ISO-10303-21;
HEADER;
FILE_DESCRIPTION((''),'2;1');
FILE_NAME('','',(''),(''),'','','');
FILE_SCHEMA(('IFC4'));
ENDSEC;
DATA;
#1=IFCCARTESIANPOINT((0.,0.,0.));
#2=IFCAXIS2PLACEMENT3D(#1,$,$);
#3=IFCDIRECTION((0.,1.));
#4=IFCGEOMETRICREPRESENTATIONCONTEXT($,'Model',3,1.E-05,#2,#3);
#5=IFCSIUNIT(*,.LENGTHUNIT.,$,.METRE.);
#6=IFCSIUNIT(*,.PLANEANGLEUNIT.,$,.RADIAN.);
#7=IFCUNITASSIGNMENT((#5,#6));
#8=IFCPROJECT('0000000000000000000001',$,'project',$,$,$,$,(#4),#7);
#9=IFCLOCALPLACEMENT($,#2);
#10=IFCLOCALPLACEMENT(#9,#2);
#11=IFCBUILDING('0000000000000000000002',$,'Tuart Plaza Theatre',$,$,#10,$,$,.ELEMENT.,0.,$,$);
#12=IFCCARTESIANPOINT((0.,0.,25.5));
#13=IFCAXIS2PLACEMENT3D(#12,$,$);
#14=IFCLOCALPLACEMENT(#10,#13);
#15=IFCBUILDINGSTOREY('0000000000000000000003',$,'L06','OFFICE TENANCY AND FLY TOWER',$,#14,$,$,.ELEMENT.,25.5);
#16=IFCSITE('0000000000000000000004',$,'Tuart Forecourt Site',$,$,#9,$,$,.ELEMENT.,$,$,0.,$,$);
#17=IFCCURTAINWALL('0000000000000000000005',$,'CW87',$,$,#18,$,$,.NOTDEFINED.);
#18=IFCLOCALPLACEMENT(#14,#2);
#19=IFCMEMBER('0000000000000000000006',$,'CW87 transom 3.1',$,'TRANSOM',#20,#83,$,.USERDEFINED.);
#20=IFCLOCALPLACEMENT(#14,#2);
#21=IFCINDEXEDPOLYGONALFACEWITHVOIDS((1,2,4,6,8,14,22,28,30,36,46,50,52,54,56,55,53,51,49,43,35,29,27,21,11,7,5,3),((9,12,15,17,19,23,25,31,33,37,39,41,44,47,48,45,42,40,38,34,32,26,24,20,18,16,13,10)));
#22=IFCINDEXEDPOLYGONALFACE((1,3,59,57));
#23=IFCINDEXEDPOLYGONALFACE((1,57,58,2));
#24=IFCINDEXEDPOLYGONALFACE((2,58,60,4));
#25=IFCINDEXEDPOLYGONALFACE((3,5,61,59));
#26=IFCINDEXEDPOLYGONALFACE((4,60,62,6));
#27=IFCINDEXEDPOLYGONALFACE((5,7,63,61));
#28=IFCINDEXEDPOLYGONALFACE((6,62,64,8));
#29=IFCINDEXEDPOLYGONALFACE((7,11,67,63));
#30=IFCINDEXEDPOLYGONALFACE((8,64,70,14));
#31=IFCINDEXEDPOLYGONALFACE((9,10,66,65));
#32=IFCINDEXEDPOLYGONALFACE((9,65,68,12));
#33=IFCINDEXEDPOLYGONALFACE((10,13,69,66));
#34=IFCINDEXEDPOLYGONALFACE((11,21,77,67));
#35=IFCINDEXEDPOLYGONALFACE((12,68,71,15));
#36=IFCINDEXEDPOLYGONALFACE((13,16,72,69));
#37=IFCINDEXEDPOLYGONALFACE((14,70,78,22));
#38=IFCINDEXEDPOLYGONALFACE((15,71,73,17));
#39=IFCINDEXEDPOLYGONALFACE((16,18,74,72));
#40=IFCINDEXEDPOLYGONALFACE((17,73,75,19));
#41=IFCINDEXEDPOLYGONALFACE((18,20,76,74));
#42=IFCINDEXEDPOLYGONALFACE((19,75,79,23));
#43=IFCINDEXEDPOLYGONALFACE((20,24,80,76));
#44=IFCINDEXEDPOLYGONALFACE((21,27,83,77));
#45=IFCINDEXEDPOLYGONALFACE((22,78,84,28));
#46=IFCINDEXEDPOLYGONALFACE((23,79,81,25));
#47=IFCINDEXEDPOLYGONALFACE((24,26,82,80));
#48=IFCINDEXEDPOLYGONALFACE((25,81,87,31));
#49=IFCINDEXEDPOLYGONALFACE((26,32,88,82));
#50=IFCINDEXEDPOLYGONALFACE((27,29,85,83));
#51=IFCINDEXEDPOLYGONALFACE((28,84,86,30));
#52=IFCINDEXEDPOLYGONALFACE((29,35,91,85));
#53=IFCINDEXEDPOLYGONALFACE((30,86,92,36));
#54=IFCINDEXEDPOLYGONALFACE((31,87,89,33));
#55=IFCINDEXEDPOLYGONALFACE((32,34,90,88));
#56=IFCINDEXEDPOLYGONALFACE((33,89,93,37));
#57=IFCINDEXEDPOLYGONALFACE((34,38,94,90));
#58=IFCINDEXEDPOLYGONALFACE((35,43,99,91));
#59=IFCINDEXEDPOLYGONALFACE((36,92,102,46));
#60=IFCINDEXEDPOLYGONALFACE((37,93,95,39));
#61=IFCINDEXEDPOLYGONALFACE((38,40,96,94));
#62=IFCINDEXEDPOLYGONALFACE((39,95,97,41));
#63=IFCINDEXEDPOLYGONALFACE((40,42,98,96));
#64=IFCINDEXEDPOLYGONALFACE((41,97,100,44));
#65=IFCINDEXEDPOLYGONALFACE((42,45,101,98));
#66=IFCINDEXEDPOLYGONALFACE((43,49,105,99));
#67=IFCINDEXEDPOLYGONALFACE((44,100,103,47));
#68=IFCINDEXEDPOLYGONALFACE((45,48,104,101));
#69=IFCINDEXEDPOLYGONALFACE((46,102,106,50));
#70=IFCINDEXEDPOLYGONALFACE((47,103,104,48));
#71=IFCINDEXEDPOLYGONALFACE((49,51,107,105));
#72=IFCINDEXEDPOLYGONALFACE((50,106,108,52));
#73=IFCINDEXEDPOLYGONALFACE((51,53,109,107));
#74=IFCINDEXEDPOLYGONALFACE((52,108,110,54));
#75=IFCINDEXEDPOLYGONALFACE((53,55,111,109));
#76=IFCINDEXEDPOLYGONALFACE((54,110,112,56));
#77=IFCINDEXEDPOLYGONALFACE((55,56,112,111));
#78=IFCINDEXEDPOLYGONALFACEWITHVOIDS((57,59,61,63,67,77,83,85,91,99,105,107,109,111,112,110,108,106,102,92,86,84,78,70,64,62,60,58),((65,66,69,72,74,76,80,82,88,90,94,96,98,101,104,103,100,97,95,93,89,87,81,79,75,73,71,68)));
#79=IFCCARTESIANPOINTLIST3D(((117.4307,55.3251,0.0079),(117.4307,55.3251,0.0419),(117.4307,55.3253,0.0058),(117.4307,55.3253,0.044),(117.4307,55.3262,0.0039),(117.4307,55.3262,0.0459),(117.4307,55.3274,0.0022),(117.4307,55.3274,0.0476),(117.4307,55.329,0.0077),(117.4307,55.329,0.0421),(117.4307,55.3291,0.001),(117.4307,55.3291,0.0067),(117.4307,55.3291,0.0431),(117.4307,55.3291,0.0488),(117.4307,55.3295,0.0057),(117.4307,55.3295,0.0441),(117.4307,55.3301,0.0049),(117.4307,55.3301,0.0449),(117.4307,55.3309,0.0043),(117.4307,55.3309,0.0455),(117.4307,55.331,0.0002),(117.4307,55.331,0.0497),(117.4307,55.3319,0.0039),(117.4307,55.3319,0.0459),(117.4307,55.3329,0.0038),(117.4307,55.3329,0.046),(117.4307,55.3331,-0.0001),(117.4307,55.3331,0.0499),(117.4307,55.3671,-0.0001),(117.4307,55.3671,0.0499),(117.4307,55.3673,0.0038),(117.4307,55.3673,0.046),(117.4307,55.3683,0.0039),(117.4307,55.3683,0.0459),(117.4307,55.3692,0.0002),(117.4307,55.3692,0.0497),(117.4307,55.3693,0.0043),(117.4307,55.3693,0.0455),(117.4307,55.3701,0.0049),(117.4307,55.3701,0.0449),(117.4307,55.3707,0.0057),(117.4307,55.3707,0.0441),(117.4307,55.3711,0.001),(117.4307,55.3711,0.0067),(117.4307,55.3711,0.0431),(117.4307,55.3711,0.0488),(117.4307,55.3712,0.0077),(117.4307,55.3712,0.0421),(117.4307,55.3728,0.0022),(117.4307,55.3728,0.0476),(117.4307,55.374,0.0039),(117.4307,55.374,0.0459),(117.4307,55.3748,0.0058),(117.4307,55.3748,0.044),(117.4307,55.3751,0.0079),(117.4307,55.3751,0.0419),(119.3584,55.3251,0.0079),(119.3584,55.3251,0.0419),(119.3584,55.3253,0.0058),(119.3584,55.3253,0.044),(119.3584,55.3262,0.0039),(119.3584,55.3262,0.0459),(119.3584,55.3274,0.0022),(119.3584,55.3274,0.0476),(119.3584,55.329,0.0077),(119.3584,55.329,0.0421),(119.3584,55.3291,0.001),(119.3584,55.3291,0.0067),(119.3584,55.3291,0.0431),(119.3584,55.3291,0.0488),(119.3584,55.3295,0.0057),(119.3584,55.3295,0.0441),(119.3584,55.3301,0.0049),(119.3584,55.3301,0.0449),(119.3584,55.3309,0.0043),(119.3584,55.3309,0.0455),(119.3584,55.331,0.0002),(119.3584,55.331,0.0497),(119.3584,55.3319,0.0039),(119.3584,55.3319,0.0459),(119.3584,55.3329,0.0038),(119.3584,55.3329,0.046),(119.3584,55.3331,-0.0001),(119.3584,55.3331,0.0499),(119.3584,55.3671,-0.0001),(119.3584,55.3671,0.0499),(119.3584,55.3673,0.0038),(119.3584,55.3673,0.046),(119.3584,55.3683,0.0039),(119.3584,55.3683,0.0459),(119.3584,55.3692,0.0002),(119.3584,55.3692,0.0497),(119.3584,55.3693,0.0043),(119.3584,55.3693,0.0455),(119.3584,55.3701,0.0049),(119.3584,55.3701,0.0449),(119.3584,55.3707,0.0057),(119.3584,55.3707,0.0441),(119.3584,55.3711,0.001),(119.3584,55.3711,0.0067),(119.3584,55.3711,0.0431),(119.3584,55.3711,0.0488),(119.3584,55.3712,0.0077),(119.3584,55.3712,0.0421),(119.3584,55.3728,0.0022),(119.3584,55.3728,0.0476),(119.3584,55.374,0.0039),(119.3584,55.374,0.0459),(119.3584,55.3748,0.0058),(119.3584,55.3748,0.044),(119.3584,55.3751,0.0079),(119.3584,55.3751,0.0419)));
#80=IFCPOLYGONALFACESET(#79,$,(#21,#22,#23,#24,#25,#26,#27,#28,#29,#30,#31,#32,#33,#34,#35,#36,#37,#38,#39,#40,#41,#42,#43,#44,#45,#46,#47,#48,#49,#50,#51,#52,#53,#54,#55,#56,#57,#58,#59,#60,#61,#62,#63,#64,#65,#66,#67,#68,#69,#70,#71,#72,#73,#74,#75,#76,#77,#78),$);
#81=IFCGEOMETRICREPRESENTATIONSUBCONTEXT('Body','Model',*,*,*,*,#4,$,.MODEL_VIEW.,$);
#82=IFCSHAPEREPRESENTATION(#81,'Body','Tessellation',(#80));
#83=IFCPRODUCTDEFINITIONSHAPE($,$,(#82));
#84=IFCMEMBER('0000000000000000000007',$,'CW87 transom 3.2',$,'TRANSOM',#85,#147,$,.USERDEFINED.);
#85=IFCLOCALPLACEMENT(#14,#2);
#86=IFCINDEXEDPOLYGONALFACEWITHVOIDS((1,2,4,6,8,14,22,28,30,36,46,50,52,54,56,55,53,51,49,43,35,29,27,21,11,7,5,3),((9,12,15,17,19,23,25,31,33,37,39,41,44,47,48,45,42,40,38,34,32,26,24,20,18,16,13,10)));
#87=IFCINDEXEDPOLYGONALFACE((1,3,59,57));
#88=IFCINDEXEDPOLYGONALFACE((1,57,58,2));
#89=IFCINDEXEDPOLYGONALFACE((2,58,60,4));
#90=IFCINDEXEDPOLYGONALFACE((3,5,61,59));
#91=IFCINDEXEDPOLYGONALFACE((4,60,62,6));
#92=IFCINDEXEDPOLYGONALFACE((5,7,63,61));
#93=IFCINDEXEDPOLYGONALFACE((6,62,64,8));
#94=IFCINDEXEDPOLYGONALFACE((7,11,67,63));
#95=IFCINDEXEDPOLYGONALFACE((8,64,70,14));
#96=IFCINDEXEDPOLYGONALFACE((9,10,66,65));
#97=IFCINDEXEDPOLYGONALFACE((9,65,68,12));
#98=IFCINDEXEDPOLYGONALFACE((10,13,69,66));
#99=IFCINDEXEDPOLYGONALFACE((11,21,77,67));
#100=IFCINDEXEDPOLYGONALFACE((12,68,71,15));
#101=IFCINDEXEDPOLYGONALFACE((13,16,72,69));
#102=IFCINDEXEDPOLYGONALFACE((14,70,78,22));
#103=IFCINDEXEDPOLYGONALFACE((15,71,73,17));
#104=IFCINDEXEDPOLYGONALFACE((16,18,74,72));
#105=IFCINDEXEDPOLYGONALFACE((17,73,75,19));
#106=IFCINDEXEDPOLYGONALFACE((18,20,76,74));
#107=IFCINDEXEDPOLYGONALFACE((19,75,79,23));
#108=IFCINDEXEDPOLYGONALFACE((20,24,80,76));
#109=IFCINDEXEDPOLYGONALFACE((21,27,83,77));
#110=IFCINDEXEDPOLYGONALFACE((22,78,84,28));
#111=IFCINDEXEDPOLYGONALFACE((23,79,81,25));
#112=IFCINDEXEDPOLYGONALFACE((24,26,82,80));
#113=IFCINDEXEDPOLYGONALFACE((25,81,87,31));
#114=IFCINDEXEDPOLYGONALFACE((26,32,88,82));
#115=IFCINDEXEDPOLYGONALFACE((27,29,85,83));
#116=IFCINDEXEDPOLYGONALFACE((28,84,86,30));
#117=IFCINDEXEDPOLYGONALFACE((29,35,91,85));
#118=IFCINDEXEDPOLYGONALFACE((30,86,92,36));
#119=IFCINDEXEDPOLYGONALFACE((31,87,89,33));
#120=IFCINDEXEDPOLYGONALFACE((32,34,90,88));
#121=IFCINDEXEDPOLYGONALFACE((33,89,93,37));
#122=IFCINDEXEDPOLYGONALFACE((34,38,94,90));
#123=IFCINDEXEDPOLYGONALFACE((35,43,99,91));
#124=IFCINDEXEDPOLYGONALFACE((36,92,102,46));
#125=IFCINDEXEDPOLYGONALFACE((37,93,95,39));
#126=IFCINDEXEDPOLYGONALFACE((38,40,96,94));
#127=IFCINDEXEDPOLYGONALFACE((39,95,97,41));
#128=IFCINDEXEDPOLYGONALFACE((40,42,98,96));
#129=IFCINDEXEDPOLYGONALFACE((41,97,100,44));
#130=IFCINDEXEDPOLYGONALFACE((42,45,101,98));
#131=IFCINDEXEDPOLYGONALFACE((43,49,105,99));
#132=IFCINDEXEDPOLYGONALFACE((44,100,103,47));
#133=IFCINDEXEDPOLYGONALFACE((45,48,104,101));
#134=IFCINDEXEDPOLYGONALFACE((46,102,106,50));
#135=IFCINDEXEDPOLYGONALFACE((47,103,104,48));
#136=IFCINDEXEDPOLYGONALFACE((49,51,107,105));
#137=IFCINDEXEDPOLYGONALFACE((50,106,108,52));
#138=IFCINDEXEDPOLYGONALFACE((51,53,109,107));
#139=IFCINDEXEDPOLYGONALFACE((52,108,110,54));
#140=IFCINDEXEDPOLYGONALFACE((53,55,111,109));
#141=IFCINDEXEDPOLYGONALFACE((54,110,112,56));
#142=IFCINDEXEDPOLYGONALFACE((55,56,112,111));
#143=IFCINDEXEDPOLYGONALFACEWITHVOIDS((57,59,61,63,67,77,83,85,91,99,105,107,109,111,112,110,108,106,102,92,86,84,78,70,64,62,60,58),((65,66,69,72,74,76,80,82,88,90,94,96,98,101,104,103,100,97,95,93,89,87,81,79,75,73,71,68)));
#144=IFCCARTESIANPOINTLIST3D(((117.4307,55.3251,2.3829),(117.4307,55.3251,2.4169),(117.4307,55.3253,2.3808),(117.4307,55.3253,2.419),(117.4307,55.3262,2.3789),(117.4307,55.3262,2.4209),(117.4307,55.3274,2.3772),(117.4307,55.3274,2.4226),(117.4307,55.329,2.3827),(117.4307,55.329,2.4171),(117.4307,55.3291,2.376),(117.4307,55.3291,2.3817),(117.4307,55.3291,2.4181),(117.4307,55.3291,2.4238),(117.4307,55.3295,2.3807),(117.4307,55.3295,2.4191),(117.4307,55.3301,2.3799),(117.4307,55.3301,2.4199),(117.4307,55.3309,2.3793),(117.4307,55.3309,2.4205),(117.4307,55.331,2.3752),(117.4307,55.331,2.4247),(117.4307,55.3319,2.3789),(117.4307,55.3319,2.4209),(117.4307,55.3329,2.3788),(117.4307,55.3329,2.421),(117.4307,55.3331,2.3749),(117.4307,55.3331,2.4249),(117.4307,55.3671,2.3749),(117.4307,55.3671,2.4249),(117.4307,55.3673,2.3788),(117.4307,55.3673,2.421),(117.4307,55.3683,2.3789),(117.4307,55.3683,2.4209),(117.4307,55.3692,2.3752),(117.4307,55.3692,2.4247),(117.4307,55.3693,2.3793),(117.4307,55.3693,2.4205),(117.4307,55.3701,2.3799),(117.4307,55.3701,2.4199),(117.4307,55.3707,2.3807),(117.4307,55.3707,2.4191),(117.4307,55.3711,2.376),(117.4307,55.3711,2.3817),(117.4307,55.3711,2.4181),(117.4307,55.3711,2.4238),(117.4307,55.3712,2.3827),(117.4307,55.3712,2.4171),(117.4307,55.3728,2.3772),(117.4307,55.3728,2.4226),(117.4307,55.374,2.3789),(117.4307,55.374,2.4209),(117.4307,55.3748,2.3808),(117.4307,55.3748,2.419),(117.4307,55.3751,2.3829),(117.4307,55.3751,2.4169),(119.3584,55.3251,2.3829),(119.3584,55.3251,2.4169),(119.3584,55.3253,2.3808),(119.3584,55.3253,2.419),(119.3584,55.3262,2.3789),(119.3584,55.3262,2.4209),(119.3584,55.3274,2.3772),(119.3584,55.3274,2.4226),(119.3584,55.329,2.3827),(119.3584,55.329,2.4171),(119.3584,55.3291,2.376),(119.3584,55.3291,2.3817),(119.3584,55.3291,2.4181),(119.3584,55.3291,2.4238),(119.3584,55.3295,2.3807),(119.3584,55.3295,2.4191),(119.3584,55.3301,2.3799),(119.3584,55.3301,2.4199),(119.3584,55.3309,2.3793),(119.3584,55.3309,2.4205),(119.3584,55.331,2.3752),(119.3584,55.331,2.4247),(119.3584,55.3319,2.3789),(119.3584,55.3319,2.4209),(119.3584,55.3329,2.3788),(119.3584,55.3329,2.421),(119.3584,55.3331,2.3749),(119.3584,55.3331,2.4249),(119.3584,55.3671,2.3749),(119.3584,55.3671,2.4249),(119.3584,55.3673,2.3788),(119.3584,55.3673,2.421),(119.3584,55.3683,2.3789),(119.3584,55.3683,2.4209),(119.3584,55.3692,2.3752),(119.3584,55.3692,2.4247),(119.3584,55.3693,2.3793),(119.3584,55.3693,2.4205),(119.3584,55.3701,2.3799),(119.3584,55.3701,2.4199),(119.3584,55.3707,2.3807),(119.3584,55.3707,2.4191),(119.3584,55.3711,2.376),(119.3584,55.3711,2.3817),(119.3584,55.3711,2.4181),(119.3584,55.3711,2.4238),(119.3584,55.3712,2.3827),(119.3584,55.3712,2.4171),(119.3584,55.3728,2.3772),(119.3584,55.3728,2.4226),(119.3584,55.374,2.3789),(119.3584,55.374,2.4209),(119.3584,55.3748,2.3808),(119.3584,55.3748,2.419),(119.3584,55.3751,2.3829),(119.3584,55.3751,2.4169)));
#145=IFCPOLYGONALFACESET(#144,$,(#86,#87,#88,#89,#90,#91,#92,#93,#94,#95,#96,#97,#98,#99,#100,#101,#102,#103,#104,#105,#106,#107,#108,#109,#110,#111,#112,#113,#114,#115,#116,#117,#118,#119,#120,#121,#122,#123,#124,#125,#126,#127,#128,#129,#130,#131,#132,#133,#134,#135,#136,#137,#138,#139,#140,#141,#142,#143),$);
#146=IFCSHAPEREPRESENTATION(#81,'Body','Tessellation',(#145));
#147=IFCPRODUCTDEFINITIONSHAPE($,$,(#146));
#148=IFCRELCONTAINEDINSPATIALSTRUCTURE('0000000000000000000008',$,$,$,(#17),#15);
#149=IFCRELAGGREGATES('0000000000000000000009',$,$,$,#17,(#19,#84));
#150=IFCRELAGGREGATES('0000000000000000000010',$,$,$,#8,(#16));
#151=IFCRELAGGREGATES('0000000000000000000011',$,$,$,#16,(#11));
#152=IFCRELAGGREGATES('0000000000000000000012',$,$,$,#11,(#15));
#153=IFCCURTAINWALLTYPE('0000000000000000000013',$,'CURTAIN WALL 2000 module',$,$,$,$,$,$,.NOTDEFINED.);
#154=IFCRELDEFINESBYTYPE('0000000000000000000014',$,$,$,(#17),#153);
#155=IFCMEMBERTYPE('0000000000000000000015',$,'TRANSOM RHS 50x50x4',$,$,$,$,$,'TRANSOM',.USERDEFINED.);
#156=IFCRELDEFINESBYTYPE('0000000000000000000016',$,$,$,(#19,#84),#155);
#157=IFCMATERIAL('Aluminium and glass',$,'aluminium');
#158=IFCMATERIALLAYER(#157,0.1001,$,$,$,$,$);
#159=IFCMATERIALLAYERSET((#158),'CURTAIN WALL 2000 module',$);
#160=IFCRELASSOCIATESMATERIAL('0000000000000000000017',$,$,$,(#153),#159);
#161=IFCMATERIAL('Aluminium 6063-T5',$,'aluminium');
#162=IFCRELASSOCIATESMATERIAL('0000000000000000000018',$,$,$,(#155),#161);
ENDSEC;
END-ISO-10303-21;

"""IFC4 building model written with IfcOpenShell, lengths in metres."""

from ifc_helpers import new_model, si_unit, direction, frame, origin, origin_2d, place, context, subcontext, project, spatial, hollow_rectangle, extrude, material, layer, layer_set, material_profile, profile_set, type_object, element, aggregate, save


model = new_model("IFC4")

# Units and contexts
model_context = context("Model", 3, precision=1e-05, world=origin(), true_north=direction((0.0, 1.0)))
body_context = subcontext(model_context, "Body", "Model", "MODEL_VIEW")
ifc_project = project(units=[si_unit("LENGTHUNIT", "METRE"), si_unit("PLANEANGLEUNIT", "RADIAN")], contexts=[model_context])

# Site, building, storey
site_placement = place(None, origin())
site = spatial("IfcSite", under=ifc_project, at=site_placement, Name="Tuart Forecourt Site", CompositionType="ELEMENT", RefElevation=0.0)
building_placement = place(site_placement, origin())
building = spatial("IfcBuilding", under=site, at=building_placement, Name="Tuart Plaza Theatre", CompositionType="ELEMENT", ElevationOfRefHeight=0.0)
storey_placement = place(building_placement, frame((0.0, 0.0, 25.5)))
storey = spatial("IfcBuildingStorey", under=building, at=storey_placement, Name="L06", Description="OFFICE TENANCY AND FLY TOWER", CompositionType="ELEMENT", Elevation=25.5)

# Curtain wall
ifc_material_1 = material(Name="Aluminium and glass", Category="aluminium")
ifc_layer_1 = layer(ifc_material_1, 0.1001)
ifc_layer_set_1 = layer_set([ifc_layer_1], Name="CURTAIN WALL 2000 module")
curtain_wall_type = type_object("IfcCurtainWallType", Name="CURTAIN WALL 2000 module", PredefinedType="NOTDEFINED", material=ifc_layer_set_1)
curtain_wall_1_placement = place(storey_placement, origin())
curtain_wall_1 = element("IfcCurtainWall", 1, at=curtain_wall_1_placement, inside=storey, type_object=curtain_wall_type, Name="CW87", PredefinedType="NOTDEFINED")
ifc_material_2 = material(Name="Aluminium 6063-T5", Category="aluminium")
ifc_material_profile_1 = material_profile(ifc_material_2, hollow_rectangle(XDim=0.05, YDim=0.05, WallThickness=0.0039, InnerFilletRadius=0.0039, OuterFilletRadius=0.0081, at=origin_2d()), Name="RHS 50x50x4")
ifc_profile_set_1 = profile_set([ifc_material_profile_1], Name="Aluminium 6063-T5")
member_type_1 = type_object("IfcMemberType", Name="TRANSOM RHS 50x50x4", ElementType="TRANSOM", PredefinedType="USERDEFINED", material=ifc_profile_set_1)

# Members
member_1_placement = place(storey_placement, frame((117.4307, 55.3501, 0.0249), z_axis=(1.0, 0.0, 0.0), x_axis=(0.0, 1.0, 0.0)))
member_1 = element("IfcMember", 2, at=member_1_placement, type_object=member_type_1, Name="CW87 transom 3.1", ObjectType="TRANSOM", PredefinedType="USERDEFINED", context=body_context, shape_type="SweptSolid", body=[
    extrude(hollow_rectangle(XDim=0.05, YDim=0.05, WallThickness=0.0039, InnerFilletRadius=0.0039, OuterFilletRadius=0.0081, at=origin_2d()), origin(), (0.0, 0.0, 1.0), 1.9277),
])
member_2_placement = place(storey_placement, frame((117.4307, 55.3501, 2.3999), z_axis=(1.0, 0.0, 0.0), x_axis=(0.0, 1.0, 0.0)))
member_2 = element("IfcMember", 3, at=member_2_placement, type_object=member_type_1, Name="CW87 transom 3.2", ObjectType="TRANSOM", PredefinedType="USERDEFINED", context=body_context, shape_type="SweptSolid", body=[
    extrude(hollow_rectangle(XDim=0.05, YDim=0.05, WallThickness=0.0039, InnerFilletRadius=0.0039, OuterFilletRadius=0.0081, at=origin_2d()), origin(), (0.0, 0.0, 1.0), 1.9277),
])

aggregate(curtain_wall_1, [member_1, member_2])

save(model, "model.ifc")
